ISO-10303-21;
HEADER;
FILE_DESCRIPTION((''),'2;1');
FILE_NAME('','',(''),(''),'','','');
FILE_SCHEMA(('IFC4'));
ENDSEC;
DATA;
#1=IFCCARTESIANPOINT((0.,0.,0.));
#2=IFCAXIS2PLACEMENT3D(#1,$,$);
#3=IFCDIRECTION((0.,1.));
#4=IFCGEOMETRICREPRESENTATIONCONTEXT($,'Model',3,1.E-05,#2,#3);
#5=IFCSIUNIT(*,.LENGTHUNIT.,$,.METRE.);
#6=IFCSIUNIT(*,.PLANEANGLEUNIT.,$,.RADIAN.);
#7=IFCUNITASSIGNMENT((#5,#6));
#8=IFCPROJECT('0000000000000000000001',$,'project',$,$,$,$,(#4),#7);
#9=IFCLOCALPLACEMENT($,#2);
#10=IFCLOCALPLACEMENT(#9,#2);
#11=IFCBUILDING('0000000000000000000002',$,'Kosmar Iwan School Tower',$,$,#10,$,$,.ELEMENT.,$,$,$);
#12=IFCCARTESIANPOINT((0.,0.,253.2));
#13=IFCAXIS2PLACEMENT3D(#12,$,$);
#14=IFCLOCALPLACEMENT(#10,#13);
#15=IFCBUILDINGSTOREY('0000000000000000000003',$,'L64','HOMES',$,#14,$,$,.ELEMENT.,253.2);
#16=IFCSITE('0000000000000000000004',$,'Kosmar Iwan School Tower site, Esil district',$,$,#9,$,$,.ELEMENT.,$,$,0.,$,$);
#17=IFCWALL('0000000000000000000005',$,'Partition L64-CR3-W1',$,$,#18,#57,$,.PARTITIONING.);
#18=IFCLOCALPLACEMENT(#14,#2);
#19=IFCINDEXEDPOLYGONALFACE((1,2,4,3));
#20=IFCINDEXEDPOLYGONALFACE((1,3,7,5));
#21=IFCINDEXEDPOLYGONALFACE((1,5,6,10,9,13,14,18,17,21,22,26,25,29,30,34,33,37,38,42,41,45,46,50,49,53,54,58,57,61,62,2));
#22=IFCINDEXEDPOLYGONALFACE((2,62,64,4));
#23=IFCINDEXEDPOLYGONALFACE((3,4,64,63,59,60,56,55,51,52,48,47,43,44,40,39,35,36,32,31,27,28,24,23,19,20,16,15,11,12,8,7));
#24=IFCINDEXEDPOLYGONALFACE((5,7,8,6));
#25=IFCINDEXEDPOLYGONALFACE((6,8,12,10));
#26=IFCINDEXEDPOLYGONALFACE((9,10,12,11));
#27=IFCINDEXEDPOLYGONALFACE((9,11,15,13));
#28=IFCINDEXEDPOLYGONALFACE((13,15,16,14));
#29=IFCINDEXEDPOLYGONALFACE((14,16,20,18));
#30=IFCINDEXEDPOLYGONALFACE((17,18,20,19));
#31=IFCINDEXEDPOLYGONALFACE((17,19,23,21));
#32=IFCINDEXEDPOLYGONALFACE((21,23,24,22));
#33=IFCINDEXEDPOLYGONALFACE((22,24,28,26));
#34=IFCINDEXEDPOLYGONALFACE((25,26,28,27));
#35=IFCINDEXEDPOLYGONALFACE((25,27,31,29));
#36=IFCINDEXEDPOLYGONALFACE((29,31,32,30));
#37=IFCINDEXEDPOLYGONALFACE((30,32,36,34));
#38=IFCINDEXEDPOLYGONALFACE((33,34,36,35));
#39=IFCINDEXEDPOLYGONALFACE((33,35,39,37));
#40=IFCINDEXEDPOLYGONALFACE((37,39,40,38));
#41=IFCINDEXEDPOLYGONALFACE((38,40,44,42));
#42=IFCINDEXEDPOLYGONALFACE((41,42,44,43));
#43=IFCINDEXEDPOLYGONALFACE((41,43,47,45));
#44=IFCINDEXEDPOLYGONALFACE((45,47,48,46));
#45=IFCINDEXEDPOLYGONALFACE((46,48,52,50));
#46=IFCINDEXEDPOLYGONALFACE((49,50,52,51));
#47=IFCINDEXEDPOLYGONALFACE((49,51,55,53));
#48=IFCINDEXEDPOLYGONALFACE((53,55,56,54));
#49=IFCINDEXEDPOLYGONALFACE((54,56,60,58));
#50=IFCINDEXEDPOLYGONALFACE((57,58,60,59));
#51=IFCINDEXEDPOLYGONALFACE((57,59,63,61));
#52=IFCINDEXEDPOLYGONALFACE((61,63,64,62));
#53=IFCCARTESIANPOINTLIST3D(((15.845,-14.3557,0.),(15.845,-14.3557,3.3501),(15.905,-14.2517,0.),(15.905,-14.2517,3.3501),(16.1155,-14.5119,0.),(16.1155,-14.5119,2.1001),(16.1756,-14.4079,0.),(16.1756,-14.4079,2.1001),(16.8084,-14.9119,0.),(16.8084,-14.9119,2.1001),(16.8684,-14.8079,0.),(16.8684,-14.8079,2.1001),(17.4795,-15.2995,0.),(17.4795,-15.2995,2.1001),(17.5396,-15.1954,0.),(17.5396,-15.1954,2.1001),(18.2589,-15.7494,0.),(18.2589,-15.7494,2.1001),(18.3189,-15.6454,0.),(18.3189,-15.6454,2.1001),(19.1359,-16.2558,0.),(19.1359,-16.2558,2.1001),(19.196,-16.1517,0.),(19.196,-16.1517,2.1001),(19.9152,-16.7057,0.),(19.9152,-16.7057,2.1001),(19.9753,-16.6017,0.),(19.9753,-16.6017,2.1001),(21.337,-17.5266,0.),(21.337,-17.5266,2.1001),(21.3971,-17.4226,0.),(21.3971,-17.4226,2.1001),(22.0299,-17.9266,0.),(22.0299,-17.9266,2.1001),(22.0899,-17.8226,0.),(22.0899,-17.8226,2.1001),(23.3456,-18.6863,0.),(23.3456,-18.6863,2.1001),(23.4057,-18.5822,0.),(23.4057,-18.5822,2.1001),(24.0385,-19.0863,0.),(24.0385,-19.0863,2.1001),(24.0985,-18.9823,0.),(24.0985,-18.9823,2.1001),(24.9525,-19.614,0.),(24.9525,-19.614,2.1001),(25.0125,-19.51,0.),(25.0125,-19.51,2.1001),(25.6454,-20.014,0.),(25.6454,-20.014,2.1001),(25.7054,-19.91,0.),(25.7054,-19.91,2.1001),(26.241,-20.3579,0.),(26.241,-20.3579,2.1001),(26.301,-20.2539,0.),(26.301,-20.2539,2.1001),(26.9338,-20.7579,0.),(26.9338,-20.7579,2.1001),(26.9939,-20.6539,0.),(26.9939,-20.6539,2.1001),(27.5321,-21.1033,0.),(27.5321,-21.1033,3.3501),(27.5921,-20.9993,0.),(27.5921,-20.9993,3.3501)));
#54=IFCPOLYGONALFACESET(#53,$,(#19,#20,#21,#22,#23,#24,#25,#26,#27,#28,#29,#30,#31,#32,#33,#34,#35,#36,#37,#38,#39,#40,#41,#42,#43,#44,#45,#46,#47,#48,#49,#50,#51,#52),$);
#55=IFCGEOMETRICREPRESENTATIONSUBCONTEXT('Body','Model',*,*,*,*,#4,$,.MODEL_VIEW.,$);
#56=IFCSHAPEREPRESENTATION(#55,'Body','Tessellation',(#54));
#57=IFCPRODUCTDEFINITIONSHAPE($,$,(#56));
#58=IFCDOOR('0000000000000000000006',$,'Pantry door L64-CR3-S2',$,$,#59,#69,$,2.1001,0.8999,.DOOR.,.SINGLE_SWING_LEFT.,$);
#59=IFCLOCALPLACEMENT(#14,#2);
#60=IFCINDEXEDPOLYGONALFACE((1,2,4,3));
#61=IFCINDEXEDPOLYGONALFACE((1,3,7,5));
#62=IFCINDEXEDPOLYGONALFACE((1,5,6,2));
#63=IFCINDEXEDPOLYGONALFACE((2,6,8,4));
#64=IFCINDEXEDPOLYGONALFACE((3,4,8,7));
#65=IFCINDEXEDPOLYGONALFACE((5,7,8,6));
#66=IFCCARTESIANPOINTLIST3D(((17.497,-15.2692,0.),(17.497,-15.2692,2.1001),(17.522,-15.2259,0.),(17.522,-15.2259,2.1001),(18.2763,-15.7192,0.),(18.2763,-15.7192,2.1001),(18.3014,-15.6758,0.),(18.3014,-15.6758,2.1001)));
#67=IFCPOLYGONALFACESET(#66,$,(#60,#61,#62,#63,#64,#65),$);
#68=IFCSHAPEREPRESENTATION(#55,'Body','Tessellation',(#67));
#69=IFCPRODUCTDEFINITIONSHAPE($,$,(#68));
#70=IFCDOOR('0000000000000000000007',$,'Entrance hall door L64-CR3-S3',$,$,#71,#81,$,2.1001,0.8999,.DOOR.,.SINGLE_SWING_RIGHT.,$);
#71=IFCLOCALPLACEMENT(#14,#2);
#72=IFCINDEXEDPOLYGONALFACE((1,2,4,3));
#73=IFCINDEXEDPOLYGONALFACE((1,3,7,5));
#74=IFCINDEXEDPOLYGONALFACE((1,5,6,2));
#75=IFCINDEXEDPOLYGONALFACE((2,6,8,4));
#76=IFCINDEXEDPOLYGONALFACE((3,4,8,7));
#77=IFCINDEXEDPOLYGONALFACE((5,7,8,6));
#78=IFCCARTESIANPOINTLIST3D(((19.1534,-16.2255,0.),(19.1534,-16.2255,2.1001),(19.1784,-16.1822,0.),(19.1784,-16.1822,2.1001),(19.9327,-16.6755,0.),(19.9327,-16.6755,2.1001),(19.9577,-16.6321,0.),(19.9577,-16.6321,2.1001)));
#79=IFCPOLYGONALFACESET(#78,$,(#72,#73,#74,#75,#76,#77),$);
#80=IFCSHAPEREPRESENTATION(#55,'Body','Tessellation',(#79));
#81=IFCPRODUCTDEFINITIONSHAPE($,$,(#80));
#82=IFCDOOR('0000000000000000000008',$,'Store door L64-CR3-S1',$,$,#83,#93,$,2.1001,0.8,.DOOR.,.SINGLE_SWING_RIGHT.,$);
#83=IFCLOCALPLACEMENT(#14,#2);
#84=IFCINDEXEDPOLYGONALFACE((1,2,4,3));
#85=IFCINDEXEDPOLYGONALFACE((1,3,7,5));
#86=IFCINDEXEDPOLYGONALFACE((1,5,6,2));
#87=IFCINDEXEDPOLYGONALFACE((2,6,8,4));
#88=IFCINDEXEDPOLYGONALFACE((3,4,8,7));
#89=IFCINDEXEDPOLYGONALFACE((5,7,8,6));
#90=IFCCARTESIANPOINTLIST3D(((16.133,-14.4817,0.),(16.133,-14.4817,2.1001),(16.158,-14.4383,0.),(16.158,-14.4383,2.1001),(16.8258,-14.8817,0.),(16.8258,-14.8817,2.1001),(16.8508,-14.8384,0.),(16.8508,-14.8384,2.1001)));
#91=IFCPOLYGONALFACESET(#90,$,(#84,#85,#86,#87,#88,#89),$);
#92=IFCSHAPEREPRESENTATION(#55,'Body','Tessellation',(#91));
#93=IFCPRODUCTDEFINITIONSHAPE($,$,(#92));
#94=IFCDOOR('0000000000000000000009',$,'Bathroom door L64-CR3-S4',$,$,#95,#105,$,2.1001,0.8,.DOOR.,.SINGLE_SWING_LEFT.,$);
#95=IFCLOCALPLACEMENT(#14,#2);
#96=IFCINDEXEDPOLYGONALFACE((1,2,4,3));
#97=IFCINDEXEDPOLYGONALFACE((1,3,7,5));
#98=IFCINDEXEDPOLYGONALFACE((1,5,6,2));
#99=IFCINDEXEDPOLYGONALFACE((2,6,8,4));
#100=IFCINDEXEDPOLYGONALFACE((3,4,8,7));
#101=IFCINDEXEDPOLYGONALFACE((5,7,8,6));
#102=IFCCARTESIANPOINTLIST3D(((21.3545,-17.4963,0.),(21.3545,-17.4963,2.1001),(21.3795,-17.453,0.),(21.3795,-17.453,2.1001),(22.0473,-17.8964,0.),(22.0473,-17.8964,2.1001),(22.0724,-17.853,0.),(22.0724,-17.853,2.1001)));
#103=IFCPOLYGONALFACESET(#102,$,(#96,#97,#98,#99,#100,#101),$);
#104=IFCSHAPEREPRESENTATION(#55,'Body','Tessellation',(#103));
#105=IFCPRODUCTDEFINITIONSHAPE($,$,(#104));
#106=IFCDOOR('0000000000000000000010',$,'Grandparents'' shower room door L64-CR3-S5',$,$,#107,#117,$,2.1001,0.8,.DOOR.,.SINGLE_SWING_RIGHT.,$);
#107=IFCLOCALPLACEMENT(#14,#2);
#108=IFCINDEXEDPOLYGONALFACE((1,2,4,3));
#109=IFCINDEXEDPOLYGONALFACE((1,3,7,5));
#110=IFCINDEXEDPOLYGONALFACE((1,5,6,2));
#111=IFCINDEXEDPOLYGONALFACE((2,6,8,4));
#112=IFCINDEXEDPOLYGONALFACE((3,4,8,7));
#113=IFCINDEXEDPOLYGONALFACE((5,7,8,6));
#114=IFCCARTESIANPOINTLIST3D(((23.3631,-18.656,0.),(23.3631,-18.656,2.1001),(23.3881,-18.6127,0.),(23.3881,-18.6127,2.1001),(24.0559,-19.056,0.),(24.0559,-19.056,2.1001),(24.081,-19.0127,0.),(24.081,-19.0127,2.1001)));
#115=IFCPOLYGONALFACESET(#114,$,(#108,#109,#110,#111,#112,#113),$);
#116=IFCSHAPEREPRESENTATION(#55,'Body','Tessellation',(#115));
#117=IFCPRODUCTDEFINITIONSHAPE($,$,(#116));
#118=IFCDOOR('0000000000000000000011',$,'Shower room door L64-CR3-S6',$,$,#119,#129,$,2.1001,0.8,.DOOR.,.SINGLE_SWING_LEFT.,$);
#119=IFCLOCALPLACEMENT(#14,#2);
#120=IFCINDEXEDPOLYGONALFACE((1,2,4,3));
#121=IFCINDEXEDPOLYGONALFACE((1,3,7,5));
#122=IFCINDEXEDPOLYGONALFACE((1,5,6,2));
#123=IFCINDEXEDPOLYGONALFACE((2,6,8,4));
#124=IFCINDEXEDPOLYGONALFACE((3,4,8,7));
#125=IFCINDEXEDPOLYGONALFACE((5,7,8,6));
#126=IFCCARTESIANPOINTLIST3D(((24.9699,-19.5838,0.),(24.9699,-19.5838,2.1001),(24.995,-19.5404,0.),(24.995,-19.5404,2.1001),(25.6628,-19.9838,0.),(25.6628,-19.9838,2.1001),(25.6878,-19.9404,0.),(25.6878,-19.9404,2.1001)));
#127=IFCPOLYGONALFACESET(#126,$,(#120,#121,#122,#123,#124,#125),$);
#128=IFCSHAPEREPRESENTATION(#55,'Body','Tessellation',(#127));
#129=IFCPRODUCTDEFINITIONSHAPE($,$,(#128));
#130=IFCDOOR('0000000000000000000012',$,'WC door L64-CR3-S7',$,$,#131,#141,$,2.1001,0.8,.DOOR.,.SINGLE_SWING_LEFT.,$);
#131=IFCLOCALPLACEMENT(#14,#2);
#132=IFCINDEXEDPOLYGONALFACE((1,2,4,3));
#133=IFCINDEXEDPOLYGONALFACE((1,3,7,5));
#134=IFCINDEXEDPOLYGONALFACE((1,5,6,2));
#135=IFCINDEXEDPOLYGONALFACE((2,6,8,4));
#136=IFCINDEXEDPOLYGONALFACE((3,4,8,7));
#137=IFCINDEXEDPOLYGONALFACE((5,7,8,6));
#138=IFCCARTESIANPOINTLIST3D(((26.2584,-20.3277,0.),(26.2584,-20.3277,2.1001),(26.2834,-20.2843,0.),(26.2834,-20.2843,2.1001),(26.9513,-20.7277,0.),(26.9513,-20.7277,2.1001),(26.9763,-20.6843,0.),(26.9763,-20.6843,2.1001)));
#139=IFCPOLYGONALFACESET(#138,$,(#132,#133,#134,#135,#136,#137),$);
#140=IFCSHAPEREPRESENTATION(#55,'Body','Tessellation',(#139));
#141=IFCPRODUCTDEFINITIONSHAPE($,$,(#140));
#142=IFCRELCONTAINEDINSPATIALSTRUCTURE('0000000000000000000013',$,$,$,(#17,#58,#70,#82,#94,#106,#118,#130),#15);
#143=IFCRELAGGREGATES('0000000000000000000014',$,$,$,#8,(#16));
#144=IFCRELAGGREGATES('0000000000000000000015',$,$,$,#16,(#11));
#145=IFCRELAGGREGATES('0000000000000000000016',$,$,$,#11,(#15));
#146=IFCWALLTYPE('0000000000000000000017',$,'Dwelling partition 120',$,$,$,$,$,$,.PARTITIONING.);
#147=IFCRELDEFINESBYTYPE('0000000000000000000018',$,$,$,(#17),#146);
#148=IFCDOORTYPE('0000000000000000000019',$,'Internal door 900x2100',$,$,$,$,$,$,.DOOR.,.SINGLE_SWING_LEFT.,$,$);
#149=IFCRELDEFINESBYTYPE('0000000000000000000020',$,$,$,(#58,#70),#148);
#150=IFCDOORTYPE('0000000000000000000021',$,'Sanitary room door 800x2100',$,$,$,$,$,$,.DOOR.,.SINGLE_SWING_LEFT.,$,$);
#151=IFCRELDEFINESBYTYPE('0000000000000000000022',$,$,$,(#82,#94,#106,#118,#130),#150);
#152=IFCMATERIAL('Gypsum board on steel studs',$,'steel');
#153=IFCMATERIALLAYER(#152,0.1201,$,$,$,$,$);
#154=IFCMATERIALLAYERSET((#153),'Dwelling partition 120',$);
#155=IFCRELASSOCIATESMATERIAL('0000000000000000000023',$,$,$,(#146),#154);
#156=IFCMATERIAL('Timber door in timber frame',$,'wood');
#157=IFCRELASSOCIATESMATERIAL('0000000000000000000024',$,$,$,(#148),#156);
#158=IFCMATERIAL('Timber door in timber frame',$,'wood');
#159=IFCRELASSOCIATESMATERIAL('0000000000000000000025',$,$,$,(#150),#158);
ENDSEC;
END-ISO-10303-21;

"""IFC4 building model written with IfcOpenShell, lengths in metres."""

from ifc_helpers import new_model, si_unit, direction, frame, frame_2d, origin, place, context, subcontext, project, spatial, rectangle, extrude, material, layer, layer_set, type_object, element, fill, save


model = new_model("IFC4")

# Units and contexts
model_context = context("Model", 3, precision=1e-05, world=origin(), true_north=direction((0.0, 1.0)))
body_context = subcontext(model_context, "Body", "Model", "MODEL_VIEW")
ifc_project = project(units=[si_unit("LENGTHUNIT", "METRE"), si_unit("PLANEANGLEUNIT", "RADIAN")], contexts=[model_context])

# Site, building, storey
site_placement = place(None, origin())
site = spatial("IfcSite", under=ifc_project, at=site_placement, Name="Kosmar Iwan School Tower site, Esil district", CompositionType="ELEMENT", RefElevation=0.0)
building_placement = place(site_placement, origin())
building = spatial("IfcBuilding", under=site, at=building_placement, Name="Kosmar Iwan School Tower", CompositionType="ELEMENT")
storey_placement = place(building_placement, frame((0.0, 0.0, 253.2)))
storey = spatial("IfcBuildingStorey", under=building, at=storey_placement, Name="L64", Description="HOMES", CompositionType="ELEMENT", Elevation=253.2)

# Wall, openings, doors
ifc_material_1 = material(Name="Gypsum board on steel studs", Category="steel")
ifc_layer = layer(ifc_material_1, 0.1201)
ifc_layer_set = layer_set([ifc_layer], Name="Dwelling partition 120")
wall_type = type_object("IfcWallType", Name="Dwelling partition 120", PredefinedType="PARTITIONING", material=ifc_layer_set)
wall_1_placement = place(storey_placement, frame((15.875, -14.3037, 0.0), z_axis=(0.0, 0.0, 1.0), x_axis=(0.866024, -0.500003, 0.0)))
wall_1 = element("IfcWall", 1, at=wall_1_placement, inside=storey, type_object=wall_type, Name="Partition L64-CR3-W1", PredefinedType="PARTITIONING", context=body_context, shape_type="SweptSolid", body=[
    extrude(rectangle(XDim=13.4951, YDim=0.1201, at=frame_2d((6.7476, 0.0))), origin(), (0.0, 0.0, 1.0), 3.3501),
])
opening_1_placement = place(wall_1_placement, frame((0.3125, 0.0, 0.0)))
opening_1 = element("IfcOpeningElement", 2, at=opening_1_placement, cuts=wall_1, PredefinedType="OPENING", context=body_context, shape_type="SweptSolid", body=[
    extrude(rectangle(XDim=0.8, YDim=2.1001, at=frame_2d((0.3999, 1.05))), frame((0.0, 0.072, 0.0), z_axis=(0.0, -1.0, 0.0), x_axis=(1.0, 0.0, 0.0)), (0.0, 0.0, 1.0), 0.144),
])
opening_2_placement = place(wall_1_placement, frame((1.8875, 0.0, 0.0)))
opening_2 = element("IfcOpeningElement", 3, at=opening_2_placement, cuts=wall_1, PredefinedType="OPENING", context=body_context, shape_type="SweptSolid", body=[
    extrude(rectangle(XDim=0.8999, YDim=2.1001, at=frame_2d((0.45, 1.05))), frame((0.0, 0.072, 0.0), z_axis=(0.0, -1.0, 0.0), x_axis=(1.0, 0.0, 0.0)), (0.0, 0.0, 1.0), 0.144),
])
opening_3_placement = place(wall_1_placement, frame((3.8, 0.0, 0.0)))
opening_3 = element("IfcOpeningElement", 4, at=opening_3_placement, cuts=wall_1, PredefinedType="OPENING", context=body_context, shape_type="SweptSolid", body=[
    extrude(rectangle(XDim=0.8999, YDim=2.1001, at=frame_2d((0.45, 1.05))), frame((0.0, 0.072, 0.0), z_axis=(0.0, -1.0, 0.0), x_axis=(1.0, 0.0, 0.0)), (0.0, 0.0, 1.0), 0.144),
])
opening_4_placement = place(wall_1_placement, frame((6.3418, 0.0, 0.0)))
opening_4 = element("IfcOpeningElement", 5, at=opening_4_placement, cuts=wall_1, PredefinedType="OPENING", context=body_context, shape_type="SweptSolid", body=[
    extrude(rectangle(XDim=0.8, YDim=2.1001, at=frame_2d((0.3999, 1.05))), frame((0.0, 0.072, 0.0), z_axis=(0.0, -1.0, 0.0), x_axis=(1.0, 0.0, 0.0)), (0.0, 0.0, 1.0), 0.144),
])
opening_5_placement = place(wall_1_placement, frame((8.6611, 0.0, 0.0)))
opening_5 = element("IfcOpeningElement", 6, at=opening_5_placement, cuts=wall_1, PredefinedType="OPENING", context=body_context, shape_type="SweptSolid", body=[
    extrude(rectangle(XDim=0.8, YDim=2.1001, at=frame_2d((0.3999, 1.05))), frame((0.0, 0.072, 0.0), z_axis=(0.0, -1.0, 0.0), x_axis=(1.0, 0.0, 0.0)), (0.0, 0.0, 1.0), 0.144),
])
opening_6_placement = place(wall_1_placement, frame((10.5166, 0.0, 0.0)))
opening_6 = element("IfcOpeningElement", 7, at=opening_6_placement, cuts=wall_1, PredefinedType="OPENING", context=body_context, shape_type="SweptSolid", body=[
    extrude(rectangle(XDim=0.8, YDim=2.1001, at=frame_2d((0.3999, 1.05))), frame((0.0, 0.072, 0.0), z_axis=(0.0, -1.0, 0.0), x_axis=(1.0, 0.0, 0.0)), (0.0, 0.0, 1.0), 0.144),
])
opening_7_placement = place(wall_1_placement, frame((12.0044, 0.0, 0.0)))
opening_7 = element("IfcOpeningElement", 8, at=opening_7_placement, cuts=wall_1, PredefinedType="OPENING", context=body_context, shape_type="SweptSolid", body=[
    extrude(rectangle(XDim=0.8, YDim=2.1001, at=frame_2d((0.3999, 1.05))), frame((0.0, 0.072, 0.0), z_axis=(0.0, -1.0, 0.0), x_axis=(1.0, 0.0, 0.0)), (0.0, 0.0, 1.0), 0.144),
])
ifc_material_2 = material(Name="Timber door in timber frame", Category="wood")
door_type_1 = type_object("IfcDoorType", Name="Internal door 900x2100", OperationType="SINGLE_SWING_LEFT", PredefinedType="DOOR", material=ifc_material_2)
door_1_placement = place(opening_2_placement, origin())
door_1 = element("IfcDoor", 9, at=door_1_placement, inside=storey, type_object=door_type_1, Name="Pantry door L64-CR3-S2", OperationType="SINGLE_SWING_LEFT", OverallHeight=2.1001, OverallWidth=0.8999, PredefinedType="DOOR", context=body_context, shape_type="SweptSolid", body=[
    extrude(rectangle(XDim=0.8999, YDim=2.1001, at=frame_2d((0.45, 1.05))), frame((0.0, 0.0249, 0.0), z_axis=(0.0, -1.0, 0.0), x_axis=(1.0, 0.0, 0.0)), (0.0, 0.0, 1.0), 0.05),
])
fill(opening_2, door_1)
door_2_placement = place(opening_3_placement, origin())
door_2 = element("IfcDoor", 10, at=door_2_placement, inside=storey, type_object=door_type_1, Name="Entrance hall door L64-CR3-S3", OperationType="SINGLE_SWING_RIGHT", OverallHeight=2.1001, OverallWidth=0.8999, PredefinedType="DOOR", context=body_context, shape_type="SweptSolid", body=[
    extrude(rectangle(XDim=0.8999, YDim=2.1001, at=frame_2d((0.45, 1.05))), frame((0.0, 0.0249, 0.0), z_axis=(0.0, -1.0, 0.0), x_axis=(1.0, 0.0, 0.0)), (0.0, 0.0, 1.0), 0.05),
])
fill(opening_3, door_2)
ifc_material_3 = material(Name="Timber door in timber frame", Category="wood")
door_type_2 = type_object("IfcDoorType", Name="Sanitary room door 800x2100", OperationType="SINGLE_SWING_LEFT", PredefinedType="DOOR", material=ifc_material_3)
door_3_placement = place(opening_1_placement, origin())
door_3 = element("IfcDoor", 11, at=door_3_placement, inside=storey, type_object=door_type_2, Name="Store door L64-CR3-S1", OperationType="SINGLE_SWING_RIGHT", OverallHeight=2.1001, OverallWidth=0.8, PredefinedType="DOOR", context=body_context, shape_type="SweptSolid", body=[
    extrude(rectangle(XDim=0.8, YDim=2.1001, at=frame_2d((0.3999, 1.05))), frame((0.0, 0.0249, 0.0), z_axis=(0.0, -1.0, 0.0), x_axis=(1.0, 0.0, 0.0)), (0.0, 0.0, 1.0), 0.05),
])
fill(opening_1, door_3)
door_4_placement = place(opening_4_placement, origin())
door_4 = element("IfcDoor", 12, at=door_4_placement, inside=storey, type_object=door_type_2, Name="Bathroom door L64-CR3-S4", OperationType="SINGLE_SWING_LEFT", OverallHeight=2.1001, OverallWidth=0.8, PredefinedType="DOOR", context=body_context, shape_type="SweptSolid", body=[
    extrude(rectangle(XDim=0.8, YDim=2.1001, at=frame_2d((0.3999, 1.05))), frame((0.0, 0.0249, 0.0), z_axis=(0.0, -1.0, 0.0), x_axis=(1.0, 0.0, 0.0)), (0.0, 0.0, 1.0), 0.05),
])
fill(opening_4, door_4)
door_5_placement = place(opening_5_placement, origin())
door_5 = element("IfcDoor", 13, at=door_5_placement, inside=storey, type_object=door_type_2, Name="Grandparents' shower room door L64-CR3-S5", OperationType="SINGLE_SWING_RIGHT", OverallHeight=2.1001, OverallWidth=0.8, PredefinedType="DOOR", context=body_context, shape_type="SweptSolid", body=[
    extrude(rectangle(XDim=0.8, YDim=2.1001, at=frame_2d((0.3999, 1.05))), frame((0.0, 0.0249, 0.0), z_axis=(0.0, -1.0, 0.0), x_axis=(1.0, 0.0, 0.0)), (0.0, 0.0, 1.0), 0.05),
])
fill(opening_5, door_5)
door_6_placement = place(opening_6_placement, origin())
door_6 = element("IfcDoor", 14, at=door_6_placement, inside=storey, type_object=door_type_2, Name="Shower room door L64-CR3-S6", OperationType="SINGLE_SWING_LEFT", OverallHeight=2.1001, OverallWidth=0.8, PredefinedType="DOOR", context=body_context, shape_type="SweptSolid", body=[
    extrude(rectangle(XDim=0.8, YDim=2.1001, at=frame_2d((0.3999, 1.05))), frame((0.0, 0.0249, 0.0), z_axis=(0.0, -1.0, 0.0), x_axis=(1.0, 0.0, 0.0)), (0.0, 0.0, 1.0), 0.05),
])
fill(opening_6, door_6)
door_7_placement = place(opening_7_placement, origin())
door_7 = element("IfcDoor", 15, at=door_7_placement, inside=storey, type_object=door_type_2, Name="WC door L64-CR3-S7", OperationType="SINGLE_SWING_LEFT", OverallHeight=2.1001, OverallWidth=0.8, PredefinedType="DOOR", context=body_context, shape_type="SweptSolid", body=[
    extrude(rectangle(XDim=0.8, YDim=2.1001, at=frame_2d((0.3999, 1.05))), frame((0.0, 0.0249, 0.0), z_axis=(0.0, -1.0, 0.0), x_axis=(1.0, 0.0, 0.0)), (0.0, 0.0, 1.0), 0.05),
])
fill(opening_7, door_7)

save(model, "model.ifc")
